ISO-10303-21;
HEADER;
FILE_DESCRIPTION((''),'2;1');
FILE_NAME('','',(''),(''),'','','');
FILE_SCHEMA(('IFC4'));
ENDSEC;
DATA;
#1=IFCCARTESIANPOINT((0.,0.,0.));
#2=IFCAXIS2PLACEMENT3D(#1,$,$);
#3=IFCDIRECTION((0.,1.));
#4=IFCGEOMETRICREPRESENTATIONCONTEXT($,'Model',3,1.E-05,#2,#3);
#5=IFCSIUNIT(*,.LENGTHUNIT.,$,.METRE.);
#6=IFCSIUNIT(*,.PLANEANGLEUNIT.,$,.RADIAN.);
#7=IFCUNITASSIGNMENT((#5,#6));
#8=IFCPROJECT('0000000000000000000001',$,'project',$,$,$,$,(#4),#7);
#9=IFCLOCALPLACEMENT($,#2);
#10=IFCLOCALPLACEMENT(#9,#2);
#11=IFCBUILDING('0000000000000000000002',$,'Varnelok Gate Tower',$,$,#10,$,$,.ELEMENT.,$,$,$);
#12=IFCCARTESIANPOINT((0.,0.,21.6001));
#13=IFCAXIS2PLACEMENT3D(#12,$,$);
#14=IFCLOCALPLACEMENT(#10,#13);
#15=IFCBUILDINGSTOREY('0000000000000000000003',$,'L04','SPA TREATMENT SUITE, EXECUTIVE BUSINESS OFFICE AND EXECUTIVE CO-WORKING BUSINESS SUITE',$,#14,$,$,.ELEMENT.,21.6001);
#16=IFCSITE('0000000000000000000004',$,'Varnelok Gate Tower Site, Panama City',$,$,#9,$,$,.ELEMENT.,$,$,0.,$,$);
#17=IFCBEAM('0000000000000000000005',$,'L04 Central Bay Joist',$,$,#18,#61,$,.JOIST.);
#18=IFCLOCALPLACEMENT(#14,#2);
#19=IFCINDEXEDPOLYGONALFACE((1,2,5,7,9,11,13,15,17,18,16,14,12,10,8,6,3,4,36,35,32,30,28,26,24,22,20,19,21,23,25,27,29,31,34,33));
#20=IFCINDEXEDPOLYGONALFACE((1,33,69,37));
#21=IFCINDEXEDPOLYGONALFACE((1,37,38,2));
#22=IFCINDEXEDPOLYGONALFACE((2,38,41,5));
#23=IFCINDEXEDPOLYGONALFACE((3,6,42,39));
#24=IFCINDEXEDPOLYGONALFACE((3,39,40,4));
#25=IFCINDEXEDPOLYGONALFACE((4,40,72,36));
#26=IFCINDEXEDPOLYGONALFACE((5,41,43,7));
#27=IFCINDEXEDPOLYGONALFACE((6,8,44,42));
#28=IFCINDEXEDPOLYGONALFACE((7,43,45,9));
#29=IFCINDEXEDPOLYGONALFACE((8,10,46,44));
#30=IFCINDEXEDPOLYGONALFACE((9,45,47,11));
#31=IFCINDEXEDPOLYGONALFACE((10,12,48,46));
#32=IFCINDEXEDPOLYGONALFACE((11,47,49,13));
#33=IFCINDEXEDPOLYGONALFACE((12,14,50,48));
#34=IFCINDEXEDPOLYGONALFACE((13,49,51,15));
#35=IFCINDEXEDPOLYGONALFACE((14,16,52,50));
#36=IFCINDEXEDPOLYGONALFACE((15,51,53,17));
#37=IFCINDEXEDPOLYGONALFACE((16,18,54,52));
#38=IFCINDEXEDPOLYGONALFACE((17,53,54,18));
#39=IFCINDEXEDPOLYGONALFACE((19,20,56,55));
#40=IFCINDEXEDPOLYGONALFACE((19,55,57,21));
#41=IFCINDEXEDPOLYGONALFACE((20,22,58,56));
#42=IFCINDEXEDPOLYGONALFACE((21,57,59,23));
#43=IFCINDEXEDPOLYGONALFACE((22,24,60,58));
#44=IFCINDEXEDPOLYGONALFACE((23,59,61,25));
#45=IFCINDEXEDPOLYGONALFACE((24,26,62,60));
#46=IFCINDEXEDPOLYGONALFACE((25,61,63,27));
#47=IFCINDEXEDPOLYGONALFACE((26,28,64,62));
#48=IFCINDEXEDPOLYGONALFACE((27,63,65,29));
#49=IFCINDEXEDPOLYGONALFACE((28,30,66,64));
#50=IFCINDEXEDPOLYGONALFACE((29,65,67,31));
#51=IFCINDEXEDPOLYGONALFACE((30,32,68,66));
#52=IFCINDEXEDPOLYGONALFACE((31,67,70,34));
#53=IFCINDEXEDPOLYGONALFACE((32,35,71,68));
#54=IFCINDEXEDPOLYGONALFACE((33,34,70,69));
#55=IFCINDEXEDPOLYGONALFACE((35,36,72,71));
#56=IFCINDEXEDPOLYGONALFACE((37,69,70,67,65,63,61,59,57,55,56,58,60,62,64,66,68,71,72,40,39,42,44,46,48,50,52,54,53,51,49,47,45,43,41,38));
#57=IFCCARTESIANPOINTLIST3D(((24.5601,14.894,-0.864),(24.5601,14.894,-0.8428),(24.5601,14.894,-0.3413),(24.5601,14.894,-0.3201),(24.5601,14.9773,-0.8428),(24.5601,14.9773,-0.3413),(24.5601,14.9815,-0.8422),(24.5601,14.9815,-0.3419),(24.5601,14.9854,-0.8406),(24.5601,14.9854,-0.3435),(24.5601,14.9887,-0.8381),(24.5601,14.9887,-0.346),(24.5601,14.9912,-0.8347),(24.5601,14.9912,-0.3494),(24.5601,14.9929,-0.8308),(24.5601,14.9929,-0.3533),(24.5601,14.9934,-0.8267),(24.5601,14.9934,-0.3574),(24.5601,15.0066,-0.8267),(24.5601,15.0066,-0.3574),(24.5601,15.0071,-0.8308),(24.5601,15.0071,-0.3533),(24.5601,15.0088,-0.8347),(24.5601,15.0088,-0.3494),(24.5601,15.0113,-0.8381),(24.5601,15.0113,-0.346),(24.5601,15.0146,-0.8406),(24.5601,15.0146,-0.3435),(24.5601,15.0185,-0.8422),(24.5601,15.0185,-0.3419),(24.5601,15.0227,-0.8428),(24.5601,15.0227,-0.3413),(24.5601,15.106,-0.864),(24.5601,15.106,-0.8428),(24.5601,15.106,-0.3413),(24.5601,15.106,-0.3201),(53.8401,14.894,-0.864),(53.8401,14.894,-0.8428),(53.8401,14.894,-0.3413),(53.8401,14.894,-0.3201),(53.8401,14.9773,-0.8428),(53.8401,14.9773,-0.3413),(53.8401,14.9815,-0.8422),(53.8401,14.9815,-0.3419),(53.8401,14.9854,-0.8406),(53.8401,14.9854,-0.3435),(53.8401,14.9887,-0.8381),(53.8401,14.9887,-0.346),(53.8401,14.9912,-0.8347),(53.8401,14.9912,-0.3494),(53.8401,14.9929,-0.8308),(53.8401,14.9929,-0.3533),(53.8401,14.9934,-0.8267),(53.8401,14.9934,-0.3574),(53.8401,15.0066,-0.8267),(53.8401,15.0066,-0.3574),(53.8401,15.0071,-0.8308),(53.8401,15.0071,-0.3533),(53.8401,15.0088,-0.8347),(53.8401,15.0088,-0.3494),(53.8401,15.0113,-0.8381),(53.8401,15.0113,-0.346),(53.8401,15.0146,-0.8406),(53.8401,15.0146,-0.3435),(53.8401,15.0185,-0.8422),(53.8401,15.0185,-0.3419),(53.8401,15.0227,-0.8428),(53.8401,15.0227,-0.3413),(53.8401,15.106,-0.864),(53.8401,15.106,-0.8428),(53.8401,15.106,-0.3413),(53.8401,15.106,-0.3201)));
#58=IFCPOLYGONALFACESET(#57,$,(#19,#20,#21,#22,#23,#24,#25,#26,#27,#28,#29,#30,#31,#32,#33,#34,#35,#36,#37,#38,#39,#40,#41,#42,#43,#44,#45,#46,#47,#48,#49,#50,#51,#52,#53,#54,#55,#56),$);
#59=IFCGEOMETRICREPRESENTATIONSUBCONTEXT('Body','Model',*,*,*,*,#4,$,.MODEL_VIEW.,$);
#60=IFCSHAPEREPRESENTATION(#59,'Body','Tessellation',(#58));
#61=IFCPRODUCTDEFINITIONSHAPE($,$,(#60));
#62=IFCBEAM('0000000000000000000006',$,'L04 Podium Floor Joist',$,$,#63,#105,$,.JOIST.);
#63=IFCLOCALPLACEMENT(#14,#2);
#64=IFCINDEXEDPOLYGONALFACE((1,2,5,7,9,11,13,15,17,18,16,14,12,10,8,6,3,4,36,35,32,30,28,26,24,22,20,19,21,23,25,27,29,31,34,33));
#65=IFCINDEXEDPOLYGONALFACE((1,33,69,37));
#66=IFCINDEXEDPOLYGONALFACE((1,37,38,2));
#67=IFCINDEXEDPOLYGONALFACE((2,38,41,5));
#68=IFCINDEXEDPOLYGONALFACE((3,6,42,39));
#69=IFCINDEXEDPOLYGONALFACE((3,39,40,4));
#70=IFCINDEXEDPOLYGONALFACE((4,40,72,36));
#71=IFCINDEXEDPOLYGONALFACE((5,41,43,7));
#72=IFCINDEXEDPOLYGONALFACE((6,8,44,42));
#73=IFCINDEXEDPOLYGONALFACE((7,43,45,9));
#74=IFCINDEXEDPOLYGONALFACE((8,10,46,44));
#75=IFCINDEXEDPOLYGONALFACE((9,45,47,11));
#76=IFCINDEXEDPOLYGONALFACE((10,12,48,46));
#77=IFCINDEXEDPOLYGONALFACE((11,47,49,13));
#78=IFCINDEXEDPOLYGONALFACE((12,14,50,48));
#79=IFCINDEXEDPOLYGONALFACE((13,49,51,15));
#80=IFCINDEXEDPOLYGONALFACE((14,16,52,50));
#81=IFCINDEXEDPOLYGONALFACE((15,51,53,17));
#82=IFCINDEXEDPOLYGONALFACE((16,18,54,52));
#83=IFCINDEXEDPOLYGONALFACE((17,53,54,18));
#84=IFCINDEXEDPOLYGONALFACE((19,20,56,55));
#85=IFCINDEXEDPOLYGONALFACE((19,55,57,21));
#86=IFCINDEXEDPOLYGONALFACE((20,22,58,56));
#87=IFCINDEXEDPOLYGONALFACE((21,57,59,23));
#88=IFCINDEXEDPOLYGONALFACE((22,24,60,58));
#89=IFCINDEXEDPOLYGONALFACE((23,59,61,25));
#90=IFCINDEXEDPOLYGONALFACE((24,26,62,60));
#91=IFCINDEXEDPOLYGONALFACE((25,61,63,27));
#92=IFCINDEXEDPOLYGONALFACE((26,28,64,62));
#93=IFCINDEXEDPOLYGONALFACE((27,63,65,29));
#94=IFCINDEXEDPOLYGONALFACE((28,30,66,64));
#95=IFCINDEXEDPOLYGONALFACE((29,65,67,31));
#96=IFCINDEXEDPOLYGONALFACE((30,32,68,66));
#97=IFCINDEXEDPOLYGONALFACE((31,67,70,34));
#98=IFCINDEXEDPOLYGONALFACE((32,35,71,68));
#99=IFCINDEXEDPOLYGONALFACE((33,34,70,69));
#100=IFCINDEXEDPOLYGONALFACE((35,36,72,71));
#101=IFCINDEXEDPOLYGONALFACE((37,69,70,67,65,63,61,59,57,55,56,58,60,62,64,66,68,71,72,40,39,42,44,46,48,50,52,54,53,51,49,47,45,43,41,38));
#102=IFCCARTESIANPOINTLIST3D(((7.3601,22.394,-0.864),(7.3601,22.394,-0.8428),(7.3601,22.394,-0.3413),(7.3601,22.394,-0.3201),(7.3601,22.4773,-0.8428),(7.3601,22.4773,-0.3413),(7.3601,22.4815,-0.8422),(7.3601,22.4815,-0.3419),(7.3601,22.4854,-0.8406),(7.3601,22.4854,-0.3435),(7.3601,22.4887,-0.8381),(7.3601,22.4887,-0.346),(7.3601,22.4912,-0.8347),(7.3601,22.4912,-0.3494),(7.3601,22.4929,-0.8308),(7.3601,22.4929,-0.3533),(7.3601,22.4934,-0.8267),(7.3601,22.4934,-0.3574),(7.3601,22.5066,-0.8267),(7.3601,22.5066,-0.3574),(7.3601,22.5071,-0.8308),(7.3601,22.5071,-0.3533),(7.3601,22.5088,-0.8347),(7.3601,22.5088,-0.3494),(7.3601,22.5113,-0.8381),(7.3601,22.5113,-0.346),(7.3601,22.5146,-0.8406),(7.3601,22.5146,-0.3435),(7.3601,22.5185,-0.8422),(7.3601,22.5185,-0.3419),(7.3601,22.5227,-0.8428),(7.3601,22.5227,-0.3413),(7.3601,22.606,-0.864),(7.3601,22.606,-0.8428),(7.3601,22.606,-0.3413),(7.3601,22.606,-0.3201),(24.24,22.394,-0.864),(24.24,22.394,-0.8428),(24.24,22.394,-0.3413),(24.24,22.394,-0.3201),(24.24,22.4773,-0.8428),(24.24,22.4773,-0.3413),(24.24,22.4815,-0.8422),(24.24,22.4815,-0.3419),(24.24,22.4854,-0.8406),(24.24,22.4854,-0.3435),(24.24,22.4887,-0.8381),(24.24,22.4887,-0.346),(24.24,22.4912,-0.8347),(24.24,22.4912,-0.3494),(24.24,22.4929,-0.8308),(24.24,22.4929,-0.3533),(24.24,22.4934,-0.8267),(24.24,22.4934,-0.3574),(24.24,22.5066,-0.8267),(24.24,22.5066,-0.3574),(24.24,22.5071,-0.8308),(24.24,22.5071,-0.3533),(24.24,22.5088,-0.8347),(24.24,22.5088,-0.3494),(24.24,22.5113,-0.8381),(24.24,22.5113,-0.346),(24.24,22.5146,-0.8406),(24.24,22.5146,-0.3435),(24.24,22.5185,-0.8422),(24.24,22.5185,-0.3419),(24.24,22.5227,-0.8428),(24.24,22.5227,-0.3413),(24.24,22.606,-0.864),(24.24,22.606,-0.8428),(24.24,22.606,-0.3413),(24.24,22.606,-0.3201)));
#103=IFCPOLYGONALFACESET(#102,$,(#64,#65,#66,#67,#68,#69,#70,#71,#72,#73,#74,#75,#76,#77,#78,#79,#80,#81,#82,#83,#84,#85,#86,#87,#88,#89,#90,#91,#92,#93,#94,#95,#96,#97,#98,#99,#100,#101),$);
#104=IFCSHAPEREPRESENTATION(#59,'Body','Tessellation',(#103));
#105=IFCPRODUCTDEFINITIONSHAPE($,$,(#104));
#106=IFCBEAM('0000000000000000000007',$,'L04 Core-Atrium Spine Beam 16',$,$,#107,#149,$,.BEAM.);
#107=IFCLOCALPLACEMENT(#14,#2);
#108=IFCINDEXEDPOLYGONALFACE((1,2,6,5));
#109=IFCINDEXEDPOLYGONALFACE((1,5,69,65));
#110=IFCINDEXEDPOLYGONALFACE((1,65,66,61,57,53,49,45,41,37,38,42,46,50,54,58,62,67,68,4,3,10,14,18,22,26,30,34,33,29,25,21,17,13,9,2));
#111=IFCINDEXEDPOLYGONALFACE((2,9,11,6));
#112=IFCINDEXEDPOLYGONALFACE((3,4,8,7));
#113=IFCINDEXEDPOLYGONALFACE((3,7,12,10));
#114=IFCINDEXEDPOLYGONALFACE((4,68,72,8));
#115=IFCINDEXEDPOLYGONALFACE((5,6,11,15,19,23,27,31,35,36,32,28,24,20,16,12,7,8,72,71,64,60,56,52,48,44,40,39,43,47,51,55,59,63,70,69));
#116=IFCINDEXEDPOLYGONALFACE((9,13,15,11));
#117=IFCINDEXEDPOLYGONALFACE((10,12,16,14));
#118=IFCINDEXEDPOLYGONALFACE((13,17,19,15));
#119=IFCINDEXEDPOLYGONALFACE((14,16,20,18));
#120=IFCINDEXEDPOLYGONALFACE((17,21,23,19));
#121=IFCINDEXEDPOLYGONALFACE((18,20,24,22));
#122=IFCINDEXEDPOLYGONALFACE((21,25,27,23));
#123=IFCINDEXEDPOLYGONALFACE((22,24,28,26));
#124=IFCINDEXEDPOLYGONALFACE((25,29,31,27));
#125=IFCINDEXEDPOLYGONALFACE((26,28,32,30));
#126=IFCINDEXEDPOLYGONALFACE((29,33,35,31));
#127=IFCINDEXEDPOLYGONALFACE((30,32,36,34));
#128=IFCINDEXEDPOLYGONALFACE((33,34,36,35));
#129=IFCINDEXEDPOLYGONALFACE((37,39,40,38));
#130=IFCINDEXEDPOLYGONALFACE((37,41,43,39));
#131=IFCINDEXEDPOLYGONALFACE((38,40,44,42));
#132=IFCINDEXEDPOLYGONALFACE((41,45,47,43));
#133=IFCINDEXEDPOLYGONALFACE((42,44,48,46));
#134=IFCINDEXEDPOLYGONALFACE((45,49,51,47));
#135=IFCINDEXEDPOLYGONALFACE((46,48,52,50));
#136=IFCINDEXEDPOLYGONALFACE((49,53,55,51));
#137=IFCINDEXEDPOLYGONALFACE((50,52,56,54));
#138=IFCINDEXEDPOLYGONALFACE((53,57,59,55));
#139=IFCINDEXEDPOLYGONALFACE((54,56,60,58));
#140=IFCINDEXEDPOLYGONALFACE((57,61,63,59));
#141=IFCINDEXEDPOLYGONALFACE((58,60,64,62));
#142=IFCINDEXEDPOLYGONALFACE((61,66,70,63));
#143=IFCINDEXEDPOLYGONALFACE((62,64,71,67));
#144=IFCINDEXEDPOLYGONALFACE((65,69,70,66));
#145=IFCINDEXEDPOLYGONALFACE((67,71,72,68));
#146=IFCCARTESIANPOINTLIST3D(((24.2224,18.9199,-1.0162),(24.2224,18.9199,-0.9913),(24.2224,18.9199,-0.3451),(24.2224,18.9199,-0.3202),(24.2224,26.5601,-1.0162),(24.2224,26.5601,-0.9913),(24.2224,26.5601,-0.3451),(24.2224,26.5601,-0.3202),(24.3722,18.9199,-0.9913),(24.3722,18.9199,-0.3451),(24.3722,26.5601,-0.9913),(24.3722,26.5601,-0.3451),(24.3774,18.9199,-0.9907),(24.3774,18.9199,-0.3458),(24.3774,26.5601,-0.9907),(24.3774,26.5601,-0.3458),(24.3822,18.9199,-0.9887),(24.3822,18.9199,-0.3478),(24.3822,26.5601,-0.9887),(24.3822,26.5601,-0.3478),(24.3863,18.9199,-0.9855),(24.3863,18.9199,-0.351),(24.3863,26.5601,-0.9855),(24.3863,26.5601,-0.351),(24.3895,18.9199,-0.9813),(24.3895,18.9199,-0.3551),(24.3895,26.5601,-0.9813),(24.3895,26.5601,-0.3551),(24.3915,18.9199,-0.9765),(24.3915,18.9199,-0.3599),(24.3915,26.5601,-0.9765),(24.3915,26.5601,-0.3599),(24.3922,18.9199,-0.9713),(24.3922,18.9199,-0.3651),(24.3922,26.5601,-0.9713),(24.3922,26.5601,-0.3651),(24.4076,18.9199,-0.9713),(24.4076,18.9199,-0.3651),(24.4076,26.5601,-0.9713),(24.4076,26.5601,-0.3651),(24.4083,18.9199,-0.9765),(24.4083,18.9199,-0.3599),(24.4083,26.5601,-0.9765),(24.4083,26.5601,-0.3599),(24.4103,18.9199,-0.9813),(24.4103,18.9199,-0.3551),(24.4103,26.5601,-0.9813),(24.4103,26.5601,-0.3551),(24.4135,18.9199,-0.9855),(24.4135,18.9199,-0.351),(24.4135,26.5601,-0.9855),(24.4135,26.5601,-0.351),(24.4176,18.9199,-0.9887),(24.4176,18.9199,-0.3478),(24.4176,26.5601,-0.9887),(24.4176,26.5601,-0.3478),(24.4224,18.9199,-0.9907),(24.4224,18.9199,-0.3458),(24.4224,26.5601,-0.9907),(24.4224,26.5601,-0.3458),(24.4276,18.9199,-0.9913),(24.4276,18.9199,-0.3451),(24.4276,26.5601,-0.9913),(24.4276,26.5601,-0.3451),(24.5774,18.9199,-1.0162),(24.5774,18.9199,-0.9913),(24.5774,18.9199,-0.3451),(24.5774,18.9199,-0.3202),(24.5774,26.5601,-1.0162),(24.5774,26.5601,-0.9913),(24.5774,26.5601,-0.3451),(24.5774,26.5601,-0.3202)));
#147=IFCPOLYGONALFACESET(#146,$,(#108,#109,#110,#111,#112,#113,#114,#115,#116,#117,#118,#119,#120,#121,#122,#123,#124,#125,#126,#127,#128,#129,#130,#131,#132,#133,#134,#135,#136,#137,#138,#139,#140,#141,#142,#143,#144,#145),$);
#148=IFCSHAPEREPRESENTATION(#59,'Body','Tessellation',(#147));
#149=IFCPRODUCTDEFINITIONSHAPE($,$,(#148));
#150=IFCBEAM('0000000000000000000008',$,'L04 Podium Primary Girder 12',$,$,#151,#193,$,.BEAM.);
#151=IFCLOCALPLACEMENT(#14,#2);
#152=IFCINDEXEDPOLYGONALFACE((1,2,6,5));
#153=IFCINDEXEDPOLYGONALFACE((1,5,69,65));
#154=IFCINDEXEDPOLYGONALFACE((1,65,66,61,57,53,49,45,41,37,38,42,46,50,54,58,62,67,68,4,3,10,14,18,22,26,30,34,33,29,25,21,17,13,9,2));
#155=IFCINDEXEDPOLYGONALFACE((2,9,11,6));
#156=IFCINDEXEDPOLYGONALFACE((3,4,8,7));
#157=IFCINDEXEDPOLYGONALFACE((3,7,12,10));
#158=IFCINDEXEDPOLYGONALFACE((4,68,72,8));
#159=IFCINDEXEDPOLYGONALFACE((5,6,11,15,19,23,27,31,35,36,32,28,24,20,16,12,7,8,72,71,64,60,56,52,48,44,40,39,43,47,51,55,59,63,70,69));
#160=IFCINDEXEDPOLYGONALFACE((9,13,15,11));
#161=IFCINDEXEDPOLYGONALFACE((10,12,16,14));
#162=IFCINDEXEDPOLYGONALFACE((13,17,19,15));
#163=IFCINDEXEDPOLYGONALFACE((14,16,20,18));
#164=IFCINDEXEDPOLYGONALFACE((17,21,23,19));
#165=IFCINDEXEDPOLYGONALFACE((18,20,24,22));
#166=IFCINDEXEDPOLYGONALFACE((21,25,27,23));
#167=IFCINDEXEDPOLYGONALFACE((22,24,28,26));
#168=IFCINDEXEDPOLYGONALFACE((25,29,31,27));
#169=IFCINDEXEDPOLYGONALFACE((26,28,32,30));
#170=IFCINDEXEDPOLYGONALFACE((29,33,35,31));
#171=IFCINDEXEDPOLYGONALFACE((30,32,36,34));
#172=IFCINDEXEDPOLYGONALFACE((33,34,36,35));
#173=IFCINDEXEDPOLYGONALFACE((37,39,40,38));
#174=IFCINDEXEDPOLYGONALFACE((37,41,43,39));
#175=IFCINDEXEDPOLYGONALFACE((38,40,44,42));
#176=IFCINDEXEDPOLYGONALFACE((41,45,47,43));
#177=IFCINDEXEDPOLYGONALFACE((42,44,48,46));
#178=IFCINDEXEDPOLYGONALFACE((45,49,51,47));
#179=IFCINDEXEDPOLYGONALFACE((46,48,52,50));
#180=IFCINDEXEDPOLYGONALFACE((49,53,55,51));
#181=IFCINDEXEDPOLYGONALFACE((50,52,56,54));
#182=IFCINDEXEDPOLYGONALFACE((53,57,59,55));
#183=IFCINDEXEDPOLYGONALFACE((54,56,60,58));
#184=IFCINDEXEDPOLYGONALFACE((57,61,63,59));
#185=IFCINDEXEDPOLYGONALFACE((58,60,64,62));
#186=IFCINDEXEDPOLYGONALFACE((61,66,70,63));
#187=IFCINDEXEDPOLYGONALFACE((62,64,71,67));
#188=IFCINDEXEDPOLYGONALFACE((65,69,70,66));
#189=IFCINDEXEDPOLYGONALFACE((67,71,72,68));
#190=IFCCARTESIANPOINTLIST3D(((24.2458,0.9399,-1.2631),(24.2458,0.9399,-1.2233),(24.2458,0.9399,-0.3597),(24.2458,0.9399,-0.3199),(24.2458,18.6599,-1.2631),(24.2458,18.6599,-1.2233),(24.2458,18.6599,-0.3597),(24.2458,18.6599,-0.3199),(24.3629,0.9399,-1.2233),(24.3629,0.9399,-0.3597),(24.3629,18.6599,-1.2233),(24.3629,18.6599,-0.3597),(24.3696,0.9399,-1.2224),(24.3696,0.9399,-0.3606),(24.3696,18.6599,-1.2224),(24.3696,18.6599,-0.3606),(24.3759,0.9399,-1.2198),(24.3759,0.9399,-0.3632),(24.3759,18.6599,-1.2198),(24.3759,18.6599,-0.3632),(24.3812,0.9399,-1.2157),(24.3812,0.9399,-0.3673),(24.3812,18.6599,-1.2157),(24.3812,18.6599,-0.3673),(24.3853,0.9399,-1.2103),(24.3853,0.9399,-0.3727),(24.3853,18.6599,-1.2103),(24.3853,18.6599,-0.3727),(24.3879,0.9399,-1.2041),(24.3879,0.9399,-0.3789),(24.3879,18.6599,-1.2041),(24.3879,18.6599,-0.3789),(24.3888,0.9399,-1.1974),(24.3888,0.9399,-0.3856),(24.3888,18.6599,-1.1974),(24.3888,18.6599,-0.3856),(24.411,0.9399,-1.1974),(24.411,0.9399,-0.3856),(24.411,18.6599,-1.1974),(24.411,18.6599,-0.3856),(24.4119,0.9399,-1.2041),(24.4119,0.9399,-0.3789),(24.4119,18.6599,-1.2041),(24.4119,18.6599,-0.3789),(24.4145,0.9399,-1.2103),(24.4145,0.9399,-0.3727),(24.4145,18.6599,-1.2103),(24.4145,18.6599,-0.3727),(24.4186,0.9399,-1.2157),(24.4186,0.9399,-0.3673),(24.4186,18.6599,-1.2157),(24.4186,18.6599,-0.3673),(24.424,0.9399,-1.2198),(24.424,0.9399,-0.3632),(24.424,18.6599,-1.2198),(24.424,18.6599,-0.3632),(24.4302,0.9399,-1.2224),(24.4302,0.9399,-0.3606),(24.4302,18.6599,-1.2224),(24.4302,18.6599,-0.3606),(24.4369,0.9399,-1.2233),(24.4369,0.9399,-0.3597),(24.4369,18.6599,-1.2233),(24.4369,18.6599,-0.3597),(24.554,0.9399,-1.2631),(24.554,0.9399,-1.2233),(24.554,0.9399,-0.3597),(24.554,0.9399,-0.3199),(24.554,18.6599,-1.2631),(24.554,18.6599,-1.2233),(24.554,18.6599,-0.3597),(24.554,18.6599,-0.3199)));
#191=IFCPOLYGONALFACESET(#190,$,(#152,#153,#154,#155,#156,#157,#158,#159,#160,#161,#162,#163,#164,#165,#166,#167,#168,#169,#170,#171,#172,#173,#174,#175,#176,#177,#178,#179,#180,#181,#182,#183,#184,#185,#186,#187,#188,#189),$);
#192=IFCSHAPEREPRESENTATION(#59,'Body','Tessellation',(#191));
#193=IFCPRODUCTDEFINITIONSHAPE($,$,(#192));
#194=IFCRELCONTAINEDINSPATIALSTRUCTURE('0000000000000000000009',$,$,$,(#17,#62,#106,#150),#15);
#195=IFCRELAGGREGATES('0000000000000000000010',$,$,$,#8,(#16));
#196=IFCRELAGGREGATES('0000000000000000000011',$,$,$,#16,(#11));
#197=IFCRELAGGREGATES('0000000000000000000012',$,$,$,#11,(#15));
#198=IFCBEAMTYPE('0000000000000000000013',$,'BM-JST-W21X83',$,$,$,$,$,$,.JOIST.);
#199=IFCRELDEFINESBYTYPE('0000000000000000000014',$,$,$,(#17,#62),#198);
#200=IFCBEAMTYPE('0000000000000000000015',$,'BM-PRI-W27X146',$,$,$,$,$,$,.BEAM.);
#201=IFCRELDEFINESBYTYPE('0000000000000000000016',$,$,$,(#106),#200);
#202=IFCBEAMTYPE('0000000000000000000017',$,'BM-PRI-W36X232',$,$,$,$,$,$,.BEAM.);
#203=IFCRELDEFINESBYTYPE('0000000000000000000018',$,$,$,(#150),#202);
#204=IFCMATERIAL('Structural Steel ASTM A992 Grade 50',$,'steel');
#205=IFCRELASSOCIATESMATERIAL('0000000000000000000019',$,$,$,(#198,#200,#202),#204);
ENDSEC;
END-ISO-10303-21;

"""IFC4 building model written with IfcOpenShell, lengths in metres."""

from ifc_helpers import new_model, si_unit, direction, frame, origin, origin_2d, place, context, subcontext, project, spatial, i_section, extrude, material, material_profile, profile_set, type_object, element, save


model = new_model("IFC4")

# Units and contexts
model_context = context("Model", 3, precision=1e-05, world=origin(), true_north=direction((0.0, 1.0)))
body_context = subcontext(model_context, "Body", "Model", "MODEL_VIEW")
ifc_project = project(units=[si_unit("LENGTHUNIT", "METRE"), si_unit("PLANEANGLEUNIT", "RADIAN")], contexts=[model_context])

# Site, building, storey
site_placement = place(None, origin())
site = spatial("IfcSite", under=ifc_project, at=site_placement, Name="Varnelok Gate Tower Site, Panama City", CompositionType="ELEMENT", RefElevation=0.0)
building_placement = place(site_placement, origin())
building = spatial("IfcBuilding", under=site, at=building_placement, Name="Varnelok Gate Tower", CompositionType="ELEMENT")
storey_placement = place(building_placement, frame((0.0, 0.0, 21.6001)))
storey = spatial("IfcBuildingStorey", under=building, at=storey_placement, Name="L04", Description="SPA TREATMENT SUITE, EXECUTIVE BUSINESS OFFICE AND EXECUTIVE CO-WORKING BUSINESS SUITE", CompositionType="ELEMENT", Elevation=21.6001)

# Beams
ifc_material_1 = material(Name="Structural Steel ASTM A992 Grade 50", Category="steel")
ifc_material_profile_1 = material_profile(ifc_material_1, i_section(OverallWidth=0.2119, OverallDepth=0.5439, WebThickness=0.0132, FlangeThickness=0.0212, FilletRadius=0.0161, at=origin_2d()), Name="W21X83")
ifc_profile_set_1 = profile_set([ifc_material_profile_1], Name="Structural Steel ASTM A992 Grade 50")
beam_type_1 = type_object("IfcBeamType", Name="BM-JST-W21X83", PredefinedType="JOIST", material=ifc_profile_set_1)
beam_1_placement = place(storey_placement, frame((24.5601, 15.0, -0.592), z_axis=(1.0, 0.0, 0.0), x_axis=(0.0, 1.0, 0.0)))
element("IfcBeam", 1, at=beam_1_placement, inside=storey, type_object=beam_type_1, Name="L04 Central Bay Joist", PredefinedType="JOIST", context=body_context, shape_type="SweptSolid", body=[
    extrude(i_section(OverallWidth=0.2119, OverallDepth=0.5439, WebThickness=0.0132, FlangeThickness=0.0212, FilletRadius=0.0161, at=origin_2d()), origin(), (0.0, 0.0, 1.0), 29.28),
])
beam_2_placement = place(storey_placement, frame((7.3601, 22.5, -0.592), z_axis=(1.0, 0.0, 0.0), x_axis=(0.0, 1.0, 0.0)))
element("IfcBeam", 2, at=beam_2_placement, inside=storey, type_object=beam_type_1, Name="L04 Podium Floor Joist", PredefinedType="JOIST", context=body_context, shape_type="SweptSolid", body=[
    extrude(i_section(OverallWidth=0.2119, OverallDepth=0.5439, WebThickness=0.0132, FlangeThickness=0.0212, FilletRadius=0.0161, at=origin_2d()), origin(), (0.0, 0.0, 1.0), 16.8799),
])
ifc_material_profile_2 = material_profile(ifc_material_1, i_section(OverallWidth=0.355, OverallDepth=0.696, WebThickness=0.0154, FlangeThickness=0.0249, FilletRadius=0.02, at=origin_2d()), Name="W27X146")
ifc_profile_set_2 = profile_set([ifc_material_profile_2], Name="Structural Steel ASTM A992 Grade 50")
beam_type_2 = type_object("IfcBeamType", Name="BM-PRI-W27X146", PredefinedType="BEAM", material=ifc_profile_set_2)
beam_3_placement = place(storey_placement, frame((24.3999, 18.9199, -0.6682), z_axis=(0.0, 1.0, 0.0), x_axis=(-1.0, 0.0, 0.0)))
element("IfcBeam", 3, at=beam_3_placement, inside=storey, type_object=beam_type_2, Name="L04 Core-Atrium Spine Beam 16", PredefinedType="BEAM", context=body_context, shape_type="SweptSolid", body=[
    extrude(i_section(OverallWidth=0.355, OverallDepth=0.696, WebThickness=0.0154, FlangeThickness=0.0249, FilletRadius=0.02, at=origin_2d()), origin(), (0.0, 0.0, 1.0), 7.6401),
])
ifc_material_profile_3 = material_profile(ifc_material_1, i_section(OverallWidth=0.3081, OverallDepth=0.9431, WebThickness=0.0222, FlangeThickness=0.0398, FilletRadius=0.0259, at=origin_2d()), Name="W36X232")
ifc_profile_set_3 = profile_set([ifc_material_profile_3], Name="Structural Steel ASTM A992 Grade 50")
beam_type_3 = type_object("IfcBeamType", Name="BM-PRI-W36X232", PredefinedType="BEAM", material=ifc_profile_set_3)
beam_4_placement = place(storey_placement, frame((24.3999, 0.9399, -0.7915), z_axis=(0.0, 1.0, 0.0), x_axis=(-1.0, 0.0, 0.0)))
element("IfcBeam", 4, at=beam_4_placement, inside=storey, type_object=beam_type_3, Name="L04 Podium Primary Girder 12", PredefinedType="BEAM", context=body_context, shape_type="SweptSolid", body=[
    extrude(i_section(OverallWidth=0.3081, OverallDepth=0.9431, WebThickness=0.0222, FlangeThickness=0.0398, FilletRadius=0.0259, at=origin_2d()), origin(), (0.0, 0.0, 1.0), 17.72),
])

save(model, "model.ifc")
